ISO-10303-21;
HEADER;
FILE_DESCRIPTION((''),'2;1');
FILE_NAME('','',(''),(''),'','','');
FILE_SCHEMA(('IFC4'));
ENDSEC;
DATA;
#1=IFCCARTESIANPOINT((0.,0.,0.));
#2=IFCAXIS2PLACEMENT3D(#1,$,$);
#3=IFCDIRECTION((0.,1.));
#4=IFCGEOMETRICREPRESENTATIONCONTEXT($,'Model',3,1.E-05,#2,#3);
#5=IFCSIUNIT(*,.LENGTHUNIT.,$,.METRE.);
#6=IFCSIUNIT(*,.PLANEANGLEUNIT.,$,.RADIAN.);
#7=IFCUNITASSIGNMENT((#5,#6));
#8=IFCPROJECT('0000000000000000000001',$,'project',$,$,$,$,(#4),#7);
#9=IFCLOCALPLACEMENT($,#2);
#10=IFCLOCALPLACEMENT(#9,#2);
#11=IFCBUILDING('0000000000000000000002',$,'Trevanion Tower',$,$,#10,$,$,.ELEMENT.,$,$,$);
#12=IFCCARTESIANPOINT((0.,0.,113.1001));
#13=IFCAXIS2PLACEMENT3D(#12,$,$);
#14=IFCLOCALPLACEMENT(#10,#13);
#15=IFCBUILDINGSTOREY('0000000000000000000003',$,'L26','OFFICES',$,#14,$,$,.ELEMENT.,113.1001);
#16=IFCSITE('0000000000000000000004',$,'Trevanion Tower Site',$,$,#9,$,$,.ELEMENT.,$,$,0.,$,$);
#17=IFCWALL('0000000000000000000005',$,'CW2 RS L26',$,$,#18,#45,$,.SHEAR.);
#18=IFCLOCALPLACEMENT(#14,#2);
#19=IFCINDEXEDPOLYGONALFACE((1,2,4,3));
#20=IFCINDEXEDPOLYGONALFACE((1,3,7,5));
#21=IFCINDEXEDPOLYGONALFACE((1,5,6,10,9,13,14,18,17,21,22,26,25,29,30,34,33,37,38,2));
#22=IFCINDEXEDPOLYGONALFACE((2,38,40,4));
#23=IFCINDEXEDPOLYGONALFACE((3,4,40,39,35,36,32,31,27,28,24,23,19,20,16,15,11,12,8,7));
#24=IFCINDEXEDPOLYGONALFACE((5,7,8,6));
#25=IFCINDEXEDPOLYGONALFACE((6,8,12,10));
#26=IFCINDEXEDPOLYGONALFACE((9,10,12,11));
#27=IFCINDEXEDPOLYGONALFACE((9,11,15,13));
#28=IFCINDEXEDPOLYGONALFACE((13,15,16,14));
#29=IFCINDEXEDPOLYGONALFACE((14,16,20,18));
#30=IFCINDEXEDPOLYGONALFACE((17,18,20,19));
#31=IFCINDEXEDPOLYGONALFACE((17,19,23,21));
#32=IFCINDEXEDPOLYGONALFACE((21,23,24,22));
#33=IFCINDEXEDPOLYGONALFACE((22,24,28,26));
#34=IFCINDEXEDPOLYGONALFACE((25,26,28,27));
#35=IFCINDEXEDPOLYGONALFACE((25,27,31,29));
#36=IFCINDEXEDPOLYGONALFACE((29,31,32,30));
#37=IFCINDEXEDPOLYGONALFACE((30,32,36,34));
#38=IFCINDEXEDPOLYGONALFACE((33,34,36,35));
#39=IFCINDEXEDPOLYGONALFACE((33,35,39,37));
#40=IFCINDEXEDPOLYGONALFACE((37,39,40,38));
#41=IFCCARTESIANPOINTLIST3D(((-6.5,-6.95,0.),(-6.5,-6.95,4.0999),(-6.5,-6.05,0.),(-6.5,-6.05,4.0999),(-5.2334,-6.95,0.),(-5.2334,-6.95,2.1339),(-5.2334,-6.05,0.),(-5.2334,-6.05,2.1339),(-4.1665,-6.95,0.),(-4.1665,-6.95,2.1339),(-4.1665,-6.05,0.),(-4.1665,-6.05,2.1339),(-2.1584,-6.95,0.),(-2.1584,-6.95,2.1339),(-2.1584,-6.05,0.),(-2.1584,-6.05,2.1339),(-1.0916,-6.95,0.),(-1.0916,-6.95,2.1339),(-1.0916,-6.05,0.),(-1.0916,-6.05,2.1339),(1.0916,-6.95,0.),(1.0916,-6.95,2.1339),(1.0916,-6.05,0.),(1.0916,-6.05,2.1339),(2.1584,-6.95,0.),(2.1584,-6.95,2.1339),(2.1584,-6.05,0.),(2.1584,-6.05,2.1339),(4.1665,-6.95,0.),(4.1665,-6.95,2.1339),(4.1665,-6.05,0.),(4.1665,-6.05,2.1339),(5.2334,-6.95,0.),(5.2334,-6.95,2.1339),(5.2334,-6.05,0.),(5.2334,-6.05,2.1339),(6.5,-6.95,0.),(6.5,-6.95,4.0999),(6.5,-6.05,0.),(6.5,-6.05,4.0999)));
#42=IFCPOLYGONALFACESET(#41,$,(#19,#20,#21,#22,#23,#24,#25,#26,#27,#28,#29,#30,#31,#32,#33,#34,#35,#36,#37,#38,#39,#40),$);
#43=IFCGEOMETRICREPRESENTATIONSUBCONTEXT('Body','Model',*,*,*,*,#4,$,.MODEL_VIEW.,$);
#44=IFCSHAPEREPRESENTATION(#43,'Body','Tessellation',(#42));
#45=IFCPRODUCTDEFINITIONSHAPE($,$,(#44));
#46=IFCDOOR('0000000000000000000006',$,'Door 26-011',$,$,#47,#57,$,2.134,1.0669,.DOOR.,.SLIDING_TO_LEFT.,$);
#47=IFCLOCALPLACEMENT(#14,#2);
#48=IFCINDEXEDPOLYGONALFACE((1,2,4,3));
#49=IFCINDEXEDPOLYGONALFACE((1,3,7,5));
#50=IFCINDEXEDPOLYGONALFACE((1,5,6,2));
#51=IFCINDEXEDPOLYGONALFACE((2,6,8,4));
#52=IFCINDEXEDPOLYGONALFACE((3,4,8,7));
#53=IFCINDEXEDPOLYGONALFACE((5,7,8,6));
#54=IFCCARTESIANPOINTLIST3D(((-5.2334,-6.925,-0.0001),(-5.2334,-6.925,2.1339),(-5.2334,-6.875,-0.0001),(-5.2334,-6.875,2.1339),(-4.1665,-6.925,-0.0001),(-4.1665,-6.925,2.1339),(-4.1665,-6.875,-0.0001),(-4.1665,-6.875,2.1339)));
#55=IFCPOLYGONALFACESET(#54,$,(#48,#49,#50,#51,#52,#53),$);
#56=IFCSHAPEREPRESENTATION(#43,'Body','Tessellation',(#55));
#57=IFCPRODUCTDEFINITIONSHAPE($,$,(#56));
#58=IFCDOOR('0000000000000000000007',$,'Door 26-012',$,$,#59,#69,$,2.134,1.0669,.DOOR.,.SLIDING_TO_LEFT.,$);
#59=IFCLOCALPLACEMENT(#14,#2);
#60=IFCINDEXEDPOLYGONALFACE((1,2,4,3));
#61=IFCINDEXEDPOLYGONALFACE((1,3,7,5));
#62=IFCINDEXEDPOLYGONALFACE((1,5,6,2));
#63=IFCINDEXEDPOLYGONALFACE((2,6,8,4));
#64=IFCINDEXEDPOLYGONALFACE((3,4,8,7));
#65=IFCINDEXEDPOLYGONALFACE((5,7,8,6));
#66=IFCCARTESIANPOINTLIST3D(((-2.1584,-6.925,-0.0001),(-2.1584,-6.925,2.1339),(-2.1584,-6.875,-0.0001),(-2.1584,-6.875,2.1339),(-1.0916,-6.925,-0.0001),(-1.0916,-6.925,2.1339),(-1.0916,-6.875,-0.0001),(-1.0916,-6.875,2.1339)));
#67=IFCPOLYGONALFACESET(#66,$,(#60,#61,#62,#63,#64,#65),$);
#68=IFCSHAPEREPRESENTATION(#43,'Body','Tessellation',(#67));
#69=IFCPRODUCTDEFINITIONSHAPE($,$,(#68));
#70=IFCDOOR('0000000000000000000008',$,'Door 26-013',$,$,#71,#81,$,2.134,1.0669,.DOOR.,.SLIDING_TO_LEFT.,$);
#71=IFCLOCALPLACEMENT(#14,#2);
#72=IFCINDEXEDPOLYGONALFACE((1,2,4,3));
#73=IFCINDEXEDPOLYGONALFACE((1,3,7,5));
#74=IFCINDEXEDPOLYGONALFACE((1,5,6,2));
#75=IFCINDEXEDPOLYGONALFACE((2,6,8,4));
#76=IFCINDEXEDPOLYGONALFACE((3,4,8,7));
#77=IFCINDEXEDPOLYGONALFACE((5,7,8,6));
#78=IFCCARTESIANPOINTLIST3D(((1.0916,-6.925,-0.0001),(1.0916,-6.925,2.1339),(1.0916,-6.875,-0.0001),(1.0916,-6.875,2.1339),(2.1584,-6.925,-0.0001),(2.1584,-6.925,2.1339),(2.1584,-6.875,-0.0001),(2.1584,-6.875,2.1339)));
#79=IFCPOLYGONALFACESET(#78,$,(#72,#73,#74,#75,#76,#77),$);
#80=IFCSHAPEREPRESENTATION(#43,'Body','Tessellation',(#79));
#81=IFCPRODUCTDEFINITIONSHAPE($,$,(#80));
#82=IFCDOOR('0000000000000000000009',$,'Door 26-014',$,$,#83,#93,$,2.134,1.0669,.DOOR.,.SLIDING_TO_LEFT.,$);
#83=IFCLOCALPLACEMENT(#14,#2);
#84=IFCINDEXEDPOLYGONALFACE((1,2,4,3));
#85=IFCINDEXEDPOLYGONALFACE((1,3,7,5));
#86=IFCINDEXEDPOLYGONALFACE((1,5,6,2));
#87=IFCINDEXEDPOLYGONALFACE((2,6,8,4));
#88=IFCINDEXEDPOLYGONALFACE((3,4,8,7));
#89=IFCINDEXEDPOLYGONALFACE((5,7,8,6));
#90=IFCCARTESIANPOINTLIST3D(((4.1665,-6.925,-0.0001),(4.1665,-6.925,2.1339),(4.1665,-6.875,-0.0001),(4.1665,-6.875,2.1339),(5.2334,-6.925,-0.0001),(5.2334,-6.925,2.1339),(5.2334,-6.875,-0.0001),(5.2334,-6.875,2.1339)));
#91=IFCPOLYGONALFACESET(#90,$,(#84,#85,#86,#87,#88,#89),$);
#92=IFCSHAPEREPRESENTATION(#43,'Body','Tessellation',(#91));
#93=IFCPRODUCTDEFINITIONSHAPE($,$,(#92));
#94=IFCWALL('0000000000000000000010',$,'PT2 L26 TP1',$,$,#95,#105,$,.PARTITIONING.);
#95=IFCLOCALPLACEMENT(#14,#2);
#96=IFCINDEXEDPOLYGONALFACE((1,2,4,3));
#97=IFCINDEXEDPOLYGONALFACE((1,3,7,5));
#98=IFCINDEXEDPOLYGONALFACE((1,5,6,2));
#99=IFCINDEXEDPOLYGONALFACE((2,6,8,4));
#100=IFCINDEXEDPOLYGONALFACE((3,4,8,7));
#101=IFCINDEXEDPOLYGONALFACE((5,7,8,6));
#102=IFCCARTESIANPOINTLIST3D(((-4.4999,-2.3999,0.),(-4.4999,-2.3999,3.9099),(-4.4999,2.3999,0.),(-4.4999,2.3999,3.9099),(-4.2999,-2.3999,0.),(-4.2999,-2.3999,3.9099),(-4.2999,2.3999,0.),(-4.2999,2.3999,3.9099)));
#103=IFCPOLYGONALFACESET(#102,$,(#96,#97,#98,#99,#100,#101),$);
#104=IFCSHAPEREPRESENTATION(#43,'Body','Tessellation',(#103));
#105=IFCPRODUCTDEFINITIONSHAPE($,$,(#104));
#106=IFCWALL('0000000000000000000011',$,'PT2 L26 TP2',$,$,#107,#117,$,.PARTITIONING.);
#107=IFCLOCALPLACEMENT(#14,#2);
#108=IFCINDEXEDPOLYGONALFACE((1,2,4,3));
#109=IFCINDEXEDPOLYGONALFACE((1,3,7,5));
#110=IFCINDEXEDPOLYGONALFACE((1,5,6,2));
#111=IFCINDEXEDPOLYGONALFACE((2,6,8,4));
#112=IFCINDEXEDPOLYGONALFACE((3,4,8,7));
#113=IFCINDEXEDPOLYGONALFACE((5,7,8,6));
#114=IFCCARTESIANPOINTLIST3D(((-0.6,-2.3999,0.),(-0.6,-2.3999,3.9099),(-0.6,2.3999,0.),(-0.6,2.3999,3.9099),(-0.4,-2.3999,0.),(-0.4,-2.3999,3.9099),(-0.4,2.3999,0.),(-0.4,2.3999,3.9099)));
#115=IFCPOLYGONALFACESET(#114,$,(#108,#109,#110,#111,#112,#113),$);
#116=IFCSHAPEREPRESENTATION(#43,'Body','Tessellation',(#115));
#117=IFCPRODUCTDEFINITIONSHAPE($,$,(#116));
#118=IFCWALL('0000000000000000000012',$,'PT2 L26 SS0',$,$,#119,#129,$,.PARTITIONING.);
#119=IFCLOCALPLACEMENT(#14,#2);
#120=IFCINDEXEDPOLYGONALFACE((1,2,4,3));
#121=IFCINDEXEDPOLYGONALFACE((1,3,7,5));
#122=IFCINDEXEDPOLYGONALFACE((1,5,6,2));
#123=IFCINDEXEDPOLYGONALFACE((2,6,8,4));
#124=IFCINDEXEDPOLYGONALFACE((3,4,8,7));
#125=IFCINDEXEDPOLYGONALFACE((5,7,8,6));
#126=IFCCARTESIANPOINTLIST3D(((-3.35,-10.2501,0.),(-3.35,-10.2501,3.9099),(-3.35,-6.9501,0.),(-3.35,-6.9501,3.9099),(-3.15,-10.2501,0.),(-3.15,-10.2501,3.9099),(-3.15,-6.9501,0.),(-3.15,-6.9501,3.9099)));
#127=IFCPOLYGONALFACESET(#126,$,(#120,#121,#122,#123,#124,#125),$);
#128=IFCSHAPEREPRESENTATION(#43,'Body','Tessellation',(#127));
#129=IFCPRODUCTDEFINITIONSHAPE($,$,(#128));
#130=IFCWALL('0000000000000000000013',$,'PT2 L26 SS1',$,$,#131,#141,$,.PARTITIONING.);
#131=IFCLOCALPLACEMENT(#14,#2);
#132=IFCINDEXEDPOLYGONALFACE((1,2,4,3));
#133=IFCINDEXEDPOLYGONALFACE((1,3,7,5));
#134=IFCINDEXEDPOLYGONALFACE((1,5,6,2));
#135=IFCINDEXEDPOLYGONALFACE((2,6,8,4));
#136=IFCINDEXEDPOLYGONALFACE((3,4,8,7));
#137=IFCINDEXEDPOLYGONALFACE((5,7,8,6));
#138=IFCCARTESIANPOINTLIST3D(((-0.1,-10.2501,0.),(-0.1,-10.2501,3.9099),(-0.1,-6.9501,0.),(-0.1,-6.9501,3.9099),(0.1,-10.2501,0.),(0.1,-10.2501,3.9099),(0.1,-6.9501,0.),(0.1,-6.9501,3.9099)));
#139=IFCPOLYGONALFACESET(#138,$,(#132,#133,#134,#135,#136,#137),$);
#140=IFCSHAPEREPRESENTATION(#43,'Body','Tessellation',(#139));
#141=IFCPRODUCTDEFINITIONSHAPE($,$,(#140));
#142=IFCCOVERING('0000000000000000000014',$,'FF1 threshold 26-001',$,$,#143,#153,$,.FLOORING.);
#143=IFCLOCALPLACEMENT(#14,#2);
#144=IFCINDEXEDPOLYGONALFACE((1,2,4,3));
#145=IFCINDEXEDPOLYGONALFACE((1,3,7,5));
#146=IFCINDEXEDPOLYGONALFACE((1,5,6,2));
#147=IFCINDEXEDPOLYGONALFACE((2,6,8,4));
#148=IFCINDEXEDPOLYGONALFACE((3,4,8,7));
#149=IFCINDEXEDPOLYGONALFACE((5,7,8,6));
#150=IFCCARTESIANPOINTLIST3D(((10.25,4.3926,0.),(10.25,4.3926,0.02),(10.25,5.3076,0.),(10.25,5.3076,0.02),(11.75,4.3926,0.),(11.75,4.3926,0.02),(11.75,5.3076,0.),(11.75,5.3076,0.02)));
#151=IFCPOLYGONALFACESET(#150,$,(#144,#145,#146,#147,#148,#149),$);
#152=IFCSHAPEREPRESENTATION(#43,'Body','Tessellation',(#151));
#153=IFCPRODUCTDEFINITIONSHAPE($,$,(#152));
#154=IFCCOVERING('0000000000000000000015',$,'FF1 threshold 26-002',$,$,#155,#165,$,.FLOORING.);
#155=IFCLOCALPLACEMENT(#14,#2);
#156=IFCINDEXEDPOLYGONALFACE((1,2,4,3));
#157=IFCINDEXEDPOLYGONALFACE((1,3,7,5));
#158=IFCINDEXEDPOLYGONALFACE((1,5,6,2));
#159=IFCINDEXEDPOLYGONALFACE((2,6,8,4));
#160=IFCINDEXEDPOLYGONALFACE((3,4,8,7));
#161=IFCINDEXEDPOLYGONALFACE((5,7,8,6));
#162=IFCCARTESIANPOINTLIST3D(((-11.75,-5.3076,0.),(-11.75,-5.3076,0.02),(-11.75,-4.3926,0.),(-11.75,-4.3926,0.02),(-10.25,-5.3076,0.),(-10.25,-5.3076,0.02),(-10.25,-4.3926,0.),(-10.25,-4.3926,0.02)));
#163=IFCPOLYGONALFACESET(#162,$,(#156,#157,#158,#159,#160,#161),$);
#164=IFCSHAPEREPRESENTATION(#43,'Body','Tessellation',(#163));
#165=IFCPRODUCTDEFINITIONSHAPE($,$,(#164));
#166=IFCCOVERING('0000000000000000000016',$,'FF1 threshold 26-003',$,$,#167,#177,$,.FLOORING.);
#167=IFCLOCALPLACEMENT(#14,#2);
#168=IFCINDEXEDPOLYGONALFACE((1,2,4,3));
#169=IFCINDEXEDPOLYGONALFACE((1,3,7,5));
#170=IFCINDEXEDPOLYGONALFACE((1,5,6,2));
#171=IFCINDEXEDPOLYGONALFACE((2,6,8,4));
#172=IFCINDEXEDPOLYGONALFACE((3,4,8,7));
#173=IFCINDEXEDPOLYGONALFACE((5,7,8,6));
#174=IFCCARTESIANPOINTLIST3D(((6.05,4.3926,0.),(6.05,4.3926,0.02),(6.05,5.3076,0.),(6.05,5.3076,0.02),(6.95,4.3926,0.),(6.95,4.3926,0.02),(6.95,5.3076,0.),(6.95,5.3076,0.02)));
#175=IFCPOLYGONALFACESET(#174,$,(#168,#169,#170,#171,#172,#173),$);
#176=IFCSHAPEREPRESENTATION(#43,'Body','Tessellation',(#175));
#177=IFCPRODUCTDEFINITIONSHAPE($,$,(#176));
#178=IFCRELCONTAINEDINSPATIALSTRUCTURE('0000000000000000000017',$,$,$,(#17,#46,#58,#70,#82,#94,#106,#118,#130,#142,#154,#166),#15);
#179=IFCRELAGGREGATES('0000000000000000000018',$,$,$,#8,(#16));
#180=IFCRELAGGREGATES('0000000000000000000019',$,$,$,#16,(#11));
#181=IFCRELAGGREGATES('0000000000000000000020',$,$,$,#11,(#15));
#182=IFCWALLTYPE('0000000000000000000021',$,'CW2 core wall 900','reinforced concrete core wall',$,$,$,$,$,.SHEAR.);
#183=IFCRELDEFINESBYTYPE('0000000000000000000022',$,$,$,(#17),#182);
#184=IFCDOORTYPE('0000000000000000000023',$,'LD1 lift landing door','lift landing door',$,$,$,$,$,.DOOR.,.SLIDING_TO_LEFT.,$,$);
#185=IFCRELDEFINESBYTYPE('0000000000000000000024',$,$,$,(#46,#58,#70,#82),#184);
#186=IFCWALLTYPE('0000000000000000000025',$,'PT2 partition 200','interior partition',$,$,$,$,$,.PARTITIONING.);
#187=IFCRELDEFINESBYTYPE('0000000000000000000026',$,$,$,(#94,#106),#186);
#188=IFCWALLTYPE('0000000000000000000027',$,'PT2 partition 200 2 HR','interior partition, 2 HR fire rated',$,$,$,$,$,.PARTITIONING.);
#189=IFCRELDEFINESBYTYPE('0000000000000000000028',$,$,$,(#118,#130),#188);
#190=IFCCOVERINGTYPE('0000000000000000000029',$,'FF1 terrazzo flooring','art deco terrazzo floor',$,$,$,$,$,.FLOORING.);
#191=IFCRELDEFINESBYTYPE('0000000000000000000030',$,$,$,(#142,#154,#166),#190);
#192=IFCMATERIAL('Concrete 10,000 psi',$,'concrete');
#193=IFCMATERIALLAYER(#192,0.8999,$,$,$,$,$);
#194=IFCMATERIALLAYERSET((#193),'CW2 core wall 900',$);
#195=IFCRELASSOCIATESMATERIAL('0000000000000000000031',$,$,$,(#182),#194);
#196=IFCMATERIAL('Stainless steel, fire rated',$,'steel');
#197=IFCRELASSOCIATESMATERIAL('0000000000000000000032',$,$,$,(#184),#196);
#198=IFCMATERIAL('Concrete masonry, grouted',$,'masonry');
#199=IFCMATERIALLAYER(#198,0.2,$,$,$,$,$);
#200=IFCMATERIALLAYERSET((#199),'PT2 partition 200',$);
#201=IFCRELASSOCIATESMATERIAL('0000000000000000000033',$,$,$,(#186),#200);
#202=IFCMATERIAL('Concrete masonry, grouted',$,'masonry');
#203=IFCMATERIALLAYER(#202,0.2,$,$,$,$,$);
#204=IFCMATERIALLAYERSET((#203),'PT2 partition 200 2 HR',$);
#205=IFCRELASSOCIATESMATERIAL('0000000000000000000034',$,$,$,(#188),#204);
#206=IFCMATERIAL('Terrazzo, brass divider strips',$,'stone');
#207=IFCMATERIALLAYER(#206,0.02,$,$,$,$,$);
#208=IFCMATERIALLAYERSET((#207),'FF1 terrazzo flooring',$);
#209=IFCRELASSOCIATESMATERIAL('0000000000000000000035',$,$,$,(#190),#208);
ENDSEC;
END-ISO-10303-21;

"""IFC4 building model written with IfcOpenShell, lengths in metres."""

from ifc_helpers import new_model, si_unit, direction, frame, frame_2d, origin, place, context, subcontext, project, spatial, polyline, rectangle, outline, extrude, material, layer, layer_set, type_object, element, fill, save


model = new_model("IFC4")

# Units and contexts
model_context = context("Model", 3, precision=1e-05, world=origin(), true_north=direction((0.0, 1.0)))
body_context = subcontext(model_context, "Body", "Model", "MODEL_VIEW")
ifc_project = project(units=[si_unit("LENGTHUNIT", "METRE"), si_unit("PLANEANGLEUNIT", "RADIAN")], contexts=[model_context])

# Site, building, storey
site_placement = place(None, origin())
site = spatial("IfcSite", under=ifc_project, at=site_placement, Name="Trevanion Tower Site", CompositionType="ELEMENT", RefElevation=0.0)
building_placement = place(site_placement, origin())
building = spatial("IfcBuilding", under=site, at=building_placement, Name="Trevanion Tower", CompositionType="ELEMENT")
storey_placement = place(building_placement, frame((0.0, 0.0, 113.1001)))
storey = spatial("IfcBuildingStorey", under=building, at=storey_placement, Name="L26", Description="OFFICES", CompositionType="ELEMENT", Elevation=113.1001)

# Wall, openings, doors
ifc_material_1 = material(Name="Concrete 10,000 psi", Category="concrete")
ifc_layer_1 = layer(ifc_material_1, 0.8999)
ifc_layer_set_1 = layer_set([ifc_layer_1], Name="CW2 core wall 900")
wall_type_1 = type_object("IfcWallType", Name="CW2 core wall 900", Description="reinforced concrete core wall", PredefinedType="SHEAR", material=ifc_layer_set_1)
wall_placement = place(storey_placement, frame((-6.5, -6.5, 0.0), z_axis=(0.0, 0.0, 1.0), x_axis=(1.0, 0.0, 0.0)))
wall = element("IfcWall", 1, at=wall_placement, inside=storey, type_object=wall_type_1, Name="CW2 RS L26", PredefinedType="SHEAR", context=body_context, shape_type="SweptSolid", body=[
    extrude(rectangle(XDim=13.0, YDim=0.8999, at=frame_2d((6.5, 0.0))), origin(), (0.0, 0.0, 1.0), 4.0999),
])
opening_1_placement = place(wall_placement, frame((1.2666, 0.0, 0.0)))
opening_1 = element("IfcOpeningElement", 2, at=opening_1_placement, cuts=wall, PredefinedType="OPENING", context=body_context, shape_type="SweptSolid", body=[
    extrude(rectangle(XDim=1.0669, YDim=2.134, at=frame_2d((0.5334, 1.0669))), frame((0.0, 0.46, 0.0), z_axis=(0.0, -1.0, 0.0), x_axis=(1.0, 0.0, 0.0)), (0.0, 0.0, 1.0), 0.9199),
])
opening_2_placement = place(wall_placement, frame((4.3416, 0.0, 0.0)))
opening_2 = element("IfcOpeningElement", 3, at=opening_2_placement, cuts=wall, PredefinedType="OPENING", context=body_context, shape_type="SweptSolid", body=[
    extrude(rectangle(XDim=1.0669, YDim=2.134, at=frame_2d((0.5334, 1.0669))), frame((0.0, 0.46, 0.0), z_axis=(0.0, -1.0, 0.0), x_axis=(1.0, 0.0, 0.0)), (0.0, 0.0, 1.0), 0.9199),
])
opening_3_placement = place(wall_placement, frame((7.5916, 0.0, 0.0)))
opening_3 = element("IfcOpeningElement", 4, at=opening_3_placement, cuts=wall, PredefinedType="OPENING", context=body_context, shape_type="SweptSolid", body=[
    extrude(rectangle(XDim=1.0669, YDim=2.134, at=frame_2d((0.5334, 1.0669))), frame((0.0, 0.46, 0.0), z_axis=(0.0, -1.0, 0.0), x_axis=(1.0, 0.0, 0.0)), (0.0, 0.0, 1.0), 0.9199),
])
opening_4_placement = place(wall_placement, frame((10.6665, 0.0, 0.0)))
opening_4 = element("IfcOpeningElement", 5, at=opening_4_placement, cuts=wall, PredefinedType="OPENING", context=body_context, shape_type="SweptSolid", body=[
    extrude(rectangle(XDim=1.0669, YDim=2.134, at=frame_2d((0.5334, 1.0669))), frame((0.0, 0.46, 0.0), z_axis=(0.0, -1.0, 0.0), x_axis=(1.0, 0.0, 0.0)), (0.0, 0.0, 1.0), 0.9199),
])
ifc_material_2 = material(Name="Stainless steel, fire rated", Category="steel")
door_type = type_object("IfcDoorType", Name="LD1 lift landing door", Description="lift landing door", OperationType="SLIDING_TO_LEFT", PredefinedType="DOOR", material=ifc_material_2)
door_1_placement = place(opening_1_placement, origin())
door_1 = element("IfcDoor", 6, at=door_1_placement, inside=storey, type_object=door_type, Name="Door 26-011", OperationType="SLIDING_TO_LEFT", OverallHeight=2.134, OverallWidth=1.0669, PredefinedType="DOOR", context=body_context, shape_type="SweptSolid", body=[
    extrude(rectangle(XDim=1.0669, YDim=2.134, at=frame_2d((0.5334, 1.0669))), frame((0.0, -0.375, 0.0), z_axis=(0.0, -1.0, 0.0), x_axis=(1.0, 0.0, 0.0)), (0.0, 0.0, 1.0), 0.05),
])
fill(opening_1, door_1)
door_2_placement = place(opening_2_placement, origin())
door_2 = element("IfcDoor", 7, at=door_2_placement, inside=storey, type_object=door_type, Name="Door 26-012", OperationType="SLIDING_TO_LEFT", OverallHeight=2.134, OverallWidth=1.0669, PredefinedType="DOOR", context=body_context, shape_type="SweptSolid", body=[
    extrude(rectangle(XDim=1.0669, YDim=2.134, at=frame_2d((0.5334, 1.0669))), frame((0.0, -0.375, 0.0), z_axis=(0.0, -1.0, 0.0), x_axis=(1.0, 0.0, 0.0)), (0.0, 0.0, 1.0), 0.05),
])
fill(opening_2, door_2)
door_3_placement = place(opening_3_placement, origin())
door_3 = element("IfcDoor", 8, at=door_3_placement, inside=storey, type_object=door_type, Name="Door 26-013", OperationType="SLIDING_TO_LEFT", OverallHeight=2.134, OverallWidth=1.0669, PredefinedType="DOOR", context=body_context, shape_type="SweptSolid", body=[
    extrude(rectangle(XDim=1.0669, YDim=2.134, at=frame_2d((0.5334, 1.0669))), frame((0.0, -0.375, 0.0), z_axis=(0.0, -1.0, 0.0), x_axis=(1.0, 0.0, 0.0)), (0.0, 0.0, 1.0), 0.05),
])
fill(opening_3, door_3)
door_4_placement = place(opening_4_placement, origin())
door_4 = element("IfcDoor", 9, at=door_4_placement, inside=storey, type_object=door_type, Name="Door 26-014", OperationType="SLIDING_TO_LEFT", OverallHeight=2.134, OverallWidth=1.0669, PredefinedType="DOOR", context=body_context, shape_type="SweptSolid", body=[
    extrude(rectangle(XDim=1.0669, YDim=2.134, at=frame_2d((0.5334, 1.0669))), frame((0.0, -0.375, 0.0), z_axis=(0.0, -1.0, 0.0), x_axis=(1.0, 0.0, 0.0)), (0.0, 0.0, 1.0), 0.05),
])
fill(opening_4, door_4)

# Walls
ifc_material_3 = material(Name="Concrete masonry, grouted", Category="masonry")
ifc_layer_2 = layer(ifc_material_3, 0.2)
ifc_layer_set_2 = layer_set([ifc_layer_2], Name="PT2 partition 200")
wall_type_2 = type_object("IfcWallType", Name="PT2 partition 200", Description="interior partition", PredefinedType="PARTITIONING", material=ifc_layer_set_2)
for number, where, z_axis, x_axis, name in (
    (10, (-4.3999, -2.3999, 0.0), (0.0, 0.0, 1.0), (0.0, 1.0, 0.0), "PT2 L26 TP1"),
    (11, (-0.5, -2.3999, 0.0), (0.0, 0.0, 1.0), (0.0, 1.0, 0.0), "PT2 L26 TP2"),
):
    element("IfcWall", number, at=place(storey_placement, frame(where, z_axis=z_axis, x_axis=x_axis)), inside=storey, type_object=wall_type_2, Name=name, PredefinedType="PARTITIONING", context=body_context, shape_type="SweptSolid", body=[
        extrude(rectangle(XDim=4.7998, YDim=0.2, at=frame_2d((2.3999, 0.0))), origin(), (0.0, 0.0, 1.0), 3.9099),
    ])
ifc_material_4 = material(Name="Concrete masonry, grouted", Category="masonry")
ifc_layer_3 = layer(ifc_material_4, 0.2)
ifc_layer_set_3 = layer_set([ifc_layer_3], Name="PT2 partition 200 2 HR")
wall_type_3 = type_object("IfcWallType", Name="PT2 partition 200 2 HR", Description="interior partition, 2 HR fire rated", PredefinedType="PARTITIONING", material=ifc_layer_set_3)
for number, where, z_axis, x_axis, name in (
    (12, (-3.25, -10.25, 0.0), (0.0, 0.0, 1.0), (0.0, 1.0, 0.0), "PT2 L26 SS0"),
    (13, (0.0, -10.25, 0.0), (0.0, 0.0, 1.0), (0.0, 1.0, 0.0), "PT2 L26 SS1"),
):
    element("IfcWall", number, at=place(storey_placement, frame(where, z_axis=z_axis, x_axis=x_axis)), inside=storey, type_object=wall_type_3, Name=name, PredefinedType="PARTITIONING", context=body_context, shape_type="SweptSolid", body=[
        extrude(rectangle(XDim=3.3, YDim=0.2, at=frame_2d((1.6499, 0.0))), origin(), (0.0, 0.0, 1.0), 3.9099),
    ])

# Coverings
ifc_material_5 = material(Name="Terrazzo, brass divider strips", Category="stone")
ifc_layer_4 = layer(ifc_material_5, 0.02)
ifc_layer_set_4 = layer_set([ifc_layer_4], Name="FF1 terrazzo flooring")
covering_type = type_object("IfcCoveringType", Name="FF1 terrazzo flooring", Description="art deco terrazzo floor", PredefinedType="FLOORING", material=ifc_layer_set_4)
covering_1_placement = place(storey_placement, origin())
element("IfcCovering", 14, at=covering_1_placement, inside=storey, type_object=covering_type, Name="FF1 threshold 26-001", PredefinedType="FLOORING", context=body_context, shape_type="SweptSolid", body=[
    extrude(outline(polyline([(11.75, 4.3926), (11.75, 5.3076), (10.25, 5.3076), (10.25, 4.3926), (11.75, 4.3926)])), origin(), (0.0, 0.0, 1.0), 0.02),
])
covering_2_placement = place(storey_placement, origin())
element("IfcCovering", 15, at=covering_2_placement, inside=storey, type_object=covering_type, Name="FF1 threshold 26-002", PredefinedType="FLOORING", context=body_context, shape_type="SweptSolid", body=[
    extrude(outline(polyline([(-11.75, -4.3926), (-11.75, -5.3076), (-10.25, -5.3076), (-10.25, -4.3926), (-11.75, -4.3926)])), origin(), (0.0, 0.0, 1.0), 0.02),
])
covering_3_placement = place(storey_placement, origin())
element("IfcCovering", 16, at=covering_3_placement, inside=storey, type_object=covering_type, Name="FF1 threshold 26-003", PredefinedType="FLOORING", context=body_context, shape_type="SweptSolid", body=[
    extrude(outline(polyline([(6.95, 4.3926), (6.95, 5.3076), (6.05, 5.3076), (6.05, 4.3926), (6.95, 4.3926)])), origin(), (0.0, 0.0, 1.0), 0.02),
])

save(model, "model.ifc")
